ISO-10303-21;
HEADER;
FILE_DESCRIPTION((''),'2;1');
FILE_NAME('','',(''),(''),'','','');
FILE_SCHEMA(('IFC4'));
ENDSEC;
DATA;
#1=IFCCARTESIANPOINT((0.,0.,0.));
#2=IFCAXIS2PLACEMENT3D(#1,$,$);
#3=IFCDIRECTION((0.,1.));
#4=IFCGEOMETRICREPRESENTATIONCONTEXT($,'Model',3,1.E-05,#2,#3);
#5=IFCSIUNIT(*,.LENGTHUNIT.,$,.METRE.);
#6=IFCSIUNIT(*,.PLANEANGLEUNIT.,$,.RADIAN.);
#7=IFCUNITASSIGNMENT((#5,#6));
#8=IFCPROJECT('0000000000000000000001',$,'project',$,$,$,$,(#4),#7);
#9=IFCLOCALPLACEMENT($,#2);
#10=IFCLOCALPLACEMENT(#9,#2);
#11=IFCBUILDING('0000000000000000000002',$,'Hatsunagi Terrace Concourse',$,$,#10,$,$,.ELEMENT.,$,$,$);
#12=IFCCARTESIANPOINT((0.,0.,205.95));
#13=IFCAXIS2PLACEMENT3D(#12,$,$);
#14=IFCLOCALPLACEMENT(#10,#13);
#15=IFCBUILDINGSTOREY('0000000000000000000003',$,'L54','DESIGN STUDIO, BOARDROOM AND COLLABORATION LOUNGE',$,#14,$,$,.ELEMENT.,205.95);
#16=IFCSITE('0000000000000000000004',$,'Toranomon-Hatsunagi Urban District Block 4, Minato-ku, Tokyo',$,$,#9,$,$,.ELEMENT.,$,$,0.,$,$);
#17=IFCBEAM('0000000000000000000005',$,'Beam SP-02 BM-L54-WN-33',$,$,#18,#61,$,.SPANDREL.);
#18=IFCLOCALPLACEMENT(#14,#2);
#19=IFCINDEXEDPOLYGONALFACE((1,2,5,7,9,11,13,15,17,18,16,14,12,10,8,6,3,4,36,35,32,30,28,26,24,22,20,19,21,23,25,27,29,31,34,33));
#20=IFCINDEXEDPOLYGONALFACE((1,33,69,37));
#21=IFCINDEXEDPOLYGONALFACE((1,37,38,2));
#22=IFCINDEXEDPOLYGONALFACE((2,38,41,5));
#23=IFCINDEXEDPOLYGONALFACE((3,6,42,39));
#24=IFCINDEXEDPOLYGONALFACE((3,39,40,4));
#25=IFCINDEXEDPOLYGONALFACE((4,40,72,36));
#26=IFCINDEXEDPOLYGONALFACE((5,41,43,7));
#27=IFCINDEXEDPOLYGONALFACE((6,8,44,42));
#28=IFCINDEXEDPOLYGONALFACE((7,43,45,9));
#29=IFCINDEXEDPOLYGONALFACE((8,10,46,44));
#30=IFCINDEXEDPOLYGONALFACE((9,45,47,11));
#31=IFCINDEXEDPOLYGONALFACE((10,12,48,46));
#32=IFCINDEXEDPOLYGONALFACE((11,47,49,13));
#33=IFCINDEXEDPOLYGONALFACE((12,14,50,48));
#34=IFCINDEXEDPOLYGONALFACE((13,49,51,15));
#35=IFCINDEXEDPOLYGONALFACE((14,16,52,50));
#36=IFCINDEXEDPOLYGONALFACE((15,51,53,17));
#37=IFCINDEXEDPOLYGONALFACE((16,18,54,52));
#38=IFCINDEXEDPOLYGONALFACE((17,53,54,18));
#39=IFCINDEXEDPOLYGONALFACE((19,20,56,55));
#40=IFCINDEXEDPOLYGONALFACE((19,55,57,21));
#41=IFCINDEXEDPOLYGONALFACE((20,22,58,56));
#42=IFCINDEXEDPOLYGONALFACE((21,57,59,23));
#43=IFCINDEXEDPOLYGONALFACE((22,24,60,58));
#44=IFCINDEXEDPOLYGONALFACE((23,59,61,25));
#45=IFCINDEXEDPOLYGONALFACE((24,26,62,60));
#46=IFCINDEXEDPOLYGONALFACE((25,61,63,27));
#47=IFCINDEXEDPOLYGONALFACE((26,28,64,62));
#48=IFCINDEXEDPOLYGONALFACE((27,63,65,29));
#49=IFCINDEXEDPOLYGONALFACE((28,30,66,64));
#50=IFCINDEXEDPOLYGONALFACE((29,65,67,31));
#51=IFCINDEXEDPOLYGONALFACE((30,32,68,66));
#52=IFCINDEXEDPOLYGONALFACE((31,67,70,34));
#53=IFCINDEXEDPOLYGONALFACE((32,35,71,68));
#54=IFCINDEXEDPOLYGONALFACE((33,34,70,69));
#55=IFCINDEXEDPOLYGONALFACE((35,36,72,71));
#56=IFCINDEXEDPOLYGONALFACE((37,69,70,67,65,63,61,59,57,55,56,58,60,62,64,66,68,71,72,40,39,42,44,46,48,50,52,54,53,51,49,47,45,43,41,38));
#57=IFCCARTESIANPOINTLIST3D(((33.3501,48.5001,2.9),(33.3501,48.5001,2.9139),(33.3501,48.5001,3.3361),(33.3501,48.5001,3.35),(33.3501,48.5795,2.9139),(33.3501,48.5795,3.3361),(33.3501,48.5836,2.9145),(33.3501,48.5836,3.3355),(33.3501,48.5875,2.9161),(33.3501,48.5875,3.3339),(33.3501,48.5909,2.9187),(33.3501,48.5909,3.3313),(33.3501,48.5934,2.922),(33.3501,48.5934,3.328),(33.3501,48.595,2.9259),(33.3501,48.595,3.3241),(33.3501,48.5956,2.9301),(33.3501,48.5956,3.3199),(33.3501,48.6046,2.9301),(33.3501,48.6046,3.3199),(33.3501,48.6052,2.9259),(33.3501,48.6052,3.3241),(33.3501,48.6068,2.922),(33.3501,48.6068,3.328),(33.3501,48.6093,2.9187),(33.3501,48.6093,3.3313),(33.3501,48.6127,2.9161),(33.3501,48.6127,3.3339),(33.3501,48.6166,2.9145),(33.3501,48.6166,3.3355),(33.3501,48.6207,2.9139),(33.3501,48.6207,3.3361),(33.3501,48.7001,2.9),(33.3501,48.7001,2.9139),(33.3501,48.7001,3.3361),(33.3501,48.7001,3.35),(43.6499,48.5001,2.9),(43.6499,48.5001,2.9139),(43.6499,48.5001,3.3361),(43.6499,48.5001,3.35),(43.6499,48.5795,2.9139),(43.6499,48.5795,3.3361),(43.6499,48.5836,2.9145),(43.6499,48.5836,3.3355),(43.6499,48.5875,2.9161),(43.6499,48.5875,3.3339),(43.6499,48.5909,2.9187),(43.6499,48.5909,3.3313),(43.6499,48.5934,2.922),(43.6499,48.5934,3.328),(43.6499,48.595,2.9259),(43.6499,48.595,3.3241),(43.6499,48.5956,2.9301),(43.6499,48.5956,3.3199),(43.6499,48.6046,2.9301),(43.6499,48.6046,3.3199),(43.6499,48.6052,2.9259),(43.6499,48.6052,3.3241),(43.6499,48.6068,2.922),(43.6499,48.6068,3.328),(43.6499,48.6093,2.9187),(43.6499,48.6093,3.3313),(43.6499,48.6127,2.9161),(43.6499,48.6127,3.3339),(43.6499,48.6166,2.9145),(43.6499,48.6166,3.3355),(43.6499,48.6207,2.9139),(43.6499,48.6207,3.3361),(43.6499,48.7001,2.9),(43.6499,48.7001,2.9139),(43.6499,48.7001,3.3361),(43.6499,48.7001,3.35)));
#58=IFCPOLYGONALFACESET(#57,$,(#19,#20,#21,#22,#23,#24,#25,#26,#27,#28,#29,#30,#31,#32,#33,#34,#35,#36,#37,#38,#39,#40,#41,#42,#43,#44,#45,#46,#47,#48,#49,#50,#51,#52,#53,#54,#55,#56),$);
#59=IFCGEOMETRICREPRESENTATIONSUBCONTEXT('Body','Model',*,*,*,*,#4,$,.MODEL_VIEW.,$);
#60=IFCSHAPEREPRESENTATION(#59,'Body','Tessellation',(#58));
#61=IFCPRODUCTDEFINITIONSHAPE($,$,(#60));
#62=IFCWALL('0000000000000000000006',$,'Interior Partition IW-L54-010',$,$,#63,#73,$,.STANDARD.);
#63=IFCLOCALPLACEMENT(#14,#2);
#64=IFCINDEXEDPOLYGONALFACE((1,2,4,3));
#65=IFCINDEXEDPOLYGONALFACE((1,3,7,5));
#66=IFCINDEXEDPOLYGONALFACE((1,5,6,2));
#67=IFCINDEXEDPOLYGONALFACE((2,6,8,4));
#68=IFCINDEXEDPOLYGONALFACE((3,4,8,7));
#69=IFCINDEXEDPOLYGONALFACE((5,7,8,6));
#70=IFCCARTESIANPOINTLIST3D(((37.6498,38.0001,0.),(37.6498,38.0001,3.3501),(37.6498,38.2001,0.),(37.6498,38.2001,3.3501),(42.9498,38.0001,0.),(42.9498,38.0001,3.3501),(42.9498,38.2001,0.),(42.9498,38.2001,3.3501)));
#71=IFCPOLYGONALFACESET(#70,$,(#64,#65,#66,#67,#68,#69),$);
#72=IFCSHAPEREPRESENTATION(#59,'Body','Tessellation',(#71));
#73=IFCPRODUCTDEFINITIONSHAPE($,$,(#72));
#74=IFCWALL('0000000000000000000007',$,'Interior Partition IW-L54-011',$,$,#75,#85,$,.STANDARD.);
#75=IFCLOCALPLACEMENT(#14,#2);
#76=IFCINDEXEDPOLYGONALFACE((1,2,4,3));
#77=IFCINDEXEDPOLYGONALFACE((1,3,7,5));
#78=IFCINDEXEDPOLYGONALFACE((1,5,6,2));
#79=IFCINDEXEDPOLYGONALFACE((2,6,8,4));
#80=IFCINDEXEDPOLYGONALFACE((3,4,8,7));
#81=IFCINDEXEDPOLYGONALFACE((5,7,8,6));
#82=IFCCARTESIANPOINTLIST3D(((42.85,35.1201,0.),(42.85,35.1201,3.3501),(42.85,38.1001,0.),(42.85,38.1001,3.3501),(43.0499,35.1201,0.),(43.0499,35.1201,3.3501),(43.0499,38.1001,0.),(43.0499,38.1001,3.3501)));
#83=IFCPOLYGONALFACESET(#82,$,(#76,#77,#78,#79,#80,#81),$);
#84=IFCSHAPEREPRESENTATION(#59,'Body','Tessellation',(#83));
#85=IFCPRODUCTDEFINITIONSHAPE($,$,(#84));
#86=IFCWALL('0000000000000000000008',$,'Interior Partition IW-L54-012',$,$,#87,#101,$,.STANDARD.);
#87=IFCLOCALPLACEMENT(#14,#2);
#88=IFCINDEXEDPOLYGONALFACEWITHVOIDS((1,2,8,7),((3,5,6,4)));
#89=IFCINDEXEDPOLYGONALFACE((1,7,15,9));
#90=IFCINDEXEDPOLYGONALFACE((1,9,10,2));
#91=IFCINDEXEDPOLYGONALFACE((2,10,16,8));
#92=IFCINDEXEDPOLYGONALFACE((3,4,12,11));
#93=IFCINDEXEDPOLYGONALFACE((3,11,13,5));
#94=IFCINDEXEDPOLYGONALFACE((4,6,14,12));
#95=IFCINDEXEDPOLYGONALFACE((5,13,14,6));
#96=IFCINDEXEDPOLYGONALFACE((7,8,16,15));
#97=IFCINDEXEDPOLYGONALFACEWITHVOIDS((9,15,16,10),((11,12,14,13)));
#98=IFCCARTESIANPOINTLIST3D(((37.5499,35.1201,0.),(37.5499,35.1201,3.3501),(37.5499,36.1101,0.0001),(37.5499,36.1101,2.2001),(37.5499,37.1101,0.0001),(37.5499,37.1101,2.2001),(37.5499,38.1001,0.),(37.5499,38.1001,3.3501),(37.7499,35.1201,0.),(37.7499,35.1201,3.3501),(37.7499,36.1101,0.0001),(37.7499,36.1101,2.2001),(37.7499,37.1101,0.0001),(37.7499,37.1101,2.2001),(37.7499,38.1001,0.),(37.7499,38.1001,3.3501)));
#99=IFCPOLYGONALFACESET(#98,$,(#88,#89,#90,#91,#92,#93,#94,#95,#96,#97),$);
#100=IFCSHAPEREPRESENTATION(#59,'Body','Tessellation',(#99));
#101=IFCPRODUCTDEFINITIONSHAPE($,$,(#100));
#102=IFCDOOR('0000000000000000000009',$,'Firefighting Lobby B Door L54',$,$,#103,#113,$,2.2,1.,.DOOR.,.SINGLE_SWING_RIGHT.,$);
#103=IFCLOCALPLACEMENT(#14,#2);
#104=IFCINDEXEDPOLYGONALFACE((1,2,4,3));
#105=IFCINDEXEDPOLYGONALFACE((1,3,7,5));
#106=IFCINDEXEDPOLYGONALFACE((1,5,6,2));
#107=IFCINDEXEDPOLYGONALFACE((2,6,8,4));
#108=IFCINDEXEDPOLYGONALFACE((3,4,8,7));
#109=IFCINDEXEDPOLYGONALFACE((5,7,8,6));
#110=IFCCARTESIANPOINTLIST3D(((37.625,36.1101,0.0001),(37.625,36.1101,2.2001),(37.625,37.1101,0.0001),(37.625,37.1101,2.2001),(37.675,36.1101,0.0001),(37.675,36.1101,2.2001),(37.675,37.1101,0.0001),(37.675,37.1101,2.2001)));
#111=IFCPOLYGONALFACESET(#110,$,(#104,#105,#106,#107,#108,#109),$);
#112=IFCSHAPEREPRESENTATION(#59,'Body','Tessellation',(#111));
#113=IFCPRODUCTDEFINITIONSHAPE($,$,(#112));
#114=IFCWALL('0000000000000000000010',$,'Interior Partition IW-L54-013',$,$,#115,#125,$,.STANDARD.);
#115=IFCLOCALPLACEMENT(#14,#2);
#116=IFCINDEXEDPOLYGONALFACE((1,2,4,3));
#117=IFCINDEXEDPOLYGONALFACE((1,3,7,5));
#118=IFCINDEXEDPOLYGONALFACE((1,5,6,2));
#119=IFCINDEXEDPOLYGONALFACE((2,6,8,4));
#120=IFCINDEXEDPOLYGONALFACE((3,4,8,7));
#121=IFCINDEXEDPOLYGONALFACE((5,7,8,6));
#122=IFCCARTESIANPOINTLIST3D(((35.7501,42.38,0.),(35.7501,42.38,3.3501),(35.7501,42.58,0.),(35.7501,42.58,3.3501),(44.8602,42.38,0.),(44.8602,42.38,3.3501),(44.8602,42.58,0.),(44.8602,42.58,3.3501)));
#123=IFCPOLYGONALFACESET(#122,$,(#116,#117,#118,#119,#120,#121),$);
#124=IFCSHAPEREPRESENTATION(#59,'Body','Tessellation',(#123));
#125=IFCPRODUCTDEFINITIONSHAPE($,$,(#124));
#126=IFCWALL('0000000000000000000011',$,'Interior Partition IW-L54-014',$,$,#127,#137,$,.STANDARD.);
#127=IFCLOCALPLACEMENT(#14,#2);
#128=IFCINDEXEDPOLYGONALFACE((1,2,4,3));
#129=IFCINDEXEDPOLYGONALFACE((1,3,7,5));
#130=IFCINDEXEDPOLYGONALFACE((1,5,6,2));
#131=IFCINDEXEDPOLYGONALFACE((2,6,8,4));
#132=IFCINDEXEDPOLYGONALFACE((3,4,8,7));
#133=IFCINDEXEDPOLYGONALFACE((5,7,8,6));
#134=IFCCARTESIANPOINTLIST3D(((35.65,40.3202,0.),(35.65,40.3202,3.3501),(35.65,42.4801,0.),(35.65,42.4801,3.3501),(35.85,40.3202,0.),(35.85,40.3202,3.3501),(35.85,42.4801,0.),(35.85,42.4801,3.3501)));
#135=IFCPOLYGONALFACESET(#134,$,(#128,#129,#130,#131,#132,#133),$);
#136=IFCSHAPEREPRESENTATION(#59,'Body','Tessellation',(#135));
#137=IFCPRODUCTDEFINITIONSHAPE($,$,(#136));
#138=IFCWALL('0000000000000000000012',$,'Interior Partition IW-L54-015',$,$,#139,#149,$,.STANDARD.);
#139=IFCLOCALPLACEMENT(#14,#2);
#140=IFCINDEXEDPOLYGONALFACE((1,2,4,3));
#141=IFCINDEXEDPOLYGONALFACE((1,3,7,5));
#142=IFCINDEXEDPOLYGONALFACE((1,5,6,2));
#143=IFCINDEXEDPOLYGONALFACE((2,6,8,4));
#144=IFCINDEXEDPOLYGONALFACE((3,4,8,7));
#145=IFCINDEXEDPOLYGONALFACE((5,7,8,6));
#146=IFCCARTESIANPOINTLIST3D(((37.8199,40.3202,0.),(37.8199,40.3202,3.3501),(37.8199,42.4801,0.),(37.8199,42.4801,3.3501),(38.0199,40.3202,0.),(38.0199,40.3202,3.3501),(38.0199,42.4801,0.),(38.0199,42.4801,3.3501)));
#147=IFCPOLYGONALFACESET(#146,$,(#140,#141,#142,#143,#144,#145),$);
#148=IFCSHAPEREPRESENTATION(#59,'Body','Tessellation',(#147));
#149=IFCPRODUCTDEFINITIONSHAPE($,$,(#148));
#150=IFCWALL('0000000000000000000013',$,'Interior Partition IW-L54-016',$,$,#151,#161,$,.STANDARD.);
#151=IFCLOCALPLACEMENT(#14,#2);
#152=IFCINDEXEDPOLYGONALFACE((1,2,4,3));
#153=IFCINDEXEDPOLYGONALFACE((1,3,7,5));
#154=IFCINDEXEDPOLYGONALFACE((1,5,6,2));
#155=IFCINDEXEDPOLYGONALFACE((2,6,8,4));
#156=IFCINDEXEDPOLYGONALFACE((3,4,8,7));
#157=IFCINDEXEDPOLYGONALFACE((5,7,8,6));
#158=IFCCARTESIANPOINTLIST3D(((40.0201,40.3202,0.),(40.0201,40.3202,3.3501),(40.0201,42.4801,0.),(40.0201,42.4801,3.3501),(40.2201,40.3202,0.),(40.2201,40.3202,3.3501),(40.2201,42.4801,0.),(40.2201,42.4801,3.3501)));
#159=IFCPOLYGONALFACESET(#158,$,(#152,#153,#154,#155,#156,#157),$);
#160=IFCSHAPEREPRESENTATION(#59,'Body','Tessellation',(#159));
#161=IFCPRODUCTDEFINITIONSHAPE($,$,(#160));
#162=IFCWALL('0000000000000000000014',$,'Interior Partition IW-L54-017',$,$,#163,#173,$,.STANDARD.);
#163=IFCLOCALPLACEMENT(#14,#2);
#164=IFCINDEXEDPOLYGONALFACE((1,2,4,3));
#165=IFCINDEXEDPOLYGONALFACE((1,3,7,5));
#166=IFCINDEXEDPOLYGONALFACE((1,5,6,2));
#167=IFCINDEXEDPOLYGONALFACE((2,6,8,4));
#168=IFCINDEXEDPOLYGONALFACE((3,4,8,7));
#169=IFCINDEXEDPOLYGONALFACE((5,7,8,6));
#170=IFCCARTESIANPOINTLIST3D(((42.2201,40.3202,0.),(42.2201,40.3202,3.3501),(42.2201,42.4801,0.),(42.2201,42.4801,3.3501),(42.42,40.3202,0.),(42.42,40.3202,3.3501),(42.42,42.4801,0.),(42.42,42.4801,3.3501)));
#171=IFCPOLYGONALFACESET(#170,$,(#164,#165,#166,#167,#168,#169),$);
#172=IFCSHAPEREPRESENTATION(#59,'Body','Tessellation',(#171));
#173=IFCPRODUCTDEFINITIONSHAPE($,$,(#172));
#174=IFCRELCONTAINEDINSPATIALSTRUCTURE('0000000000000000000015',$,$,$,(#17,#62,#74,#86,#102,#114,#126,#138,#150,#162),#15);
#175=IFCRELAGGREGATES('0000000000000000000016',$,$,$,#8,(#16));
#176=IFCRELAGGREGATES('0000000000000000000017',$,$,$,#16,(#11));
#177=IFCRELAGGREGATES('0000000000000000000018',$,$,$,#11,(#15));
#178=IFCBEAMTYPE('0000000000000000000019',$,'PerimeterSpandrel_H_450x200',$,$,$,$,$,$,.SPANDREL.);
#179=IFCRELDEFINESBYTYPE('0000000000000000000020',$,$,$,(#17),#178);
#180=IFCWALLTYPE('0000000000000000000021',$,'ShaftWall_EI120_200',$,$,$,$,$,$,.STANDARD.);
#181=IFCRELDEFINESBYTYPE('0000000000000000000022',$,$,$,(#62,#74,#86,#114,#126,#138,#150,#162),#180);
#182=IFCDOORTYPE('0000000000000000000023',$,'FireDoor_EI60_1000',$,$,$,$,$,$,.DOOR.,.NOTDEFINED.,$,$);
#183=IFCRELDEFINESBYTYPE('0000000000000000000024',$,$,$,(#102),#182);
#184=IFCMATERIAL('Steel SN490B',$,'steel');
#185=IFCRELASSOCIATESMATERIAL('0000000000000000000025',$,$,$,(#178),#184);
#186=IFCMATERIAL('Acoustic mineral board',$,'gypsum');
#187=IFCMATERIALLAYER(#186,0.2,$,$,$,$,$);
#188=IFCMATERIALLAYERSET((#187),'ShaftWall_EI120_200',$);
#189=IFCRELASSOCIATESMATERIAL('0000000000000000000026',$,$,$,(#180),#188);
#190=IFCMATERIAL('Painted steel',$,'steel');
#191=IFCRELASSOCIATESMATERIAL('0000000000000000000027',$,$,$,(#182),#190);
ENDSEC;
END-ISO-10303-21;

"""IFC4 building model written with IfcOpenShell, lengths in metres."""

from ifc_helpers import new_model, si_unit, direction, frame, frame_2d, origin, origin_2d, place, context, subcontext, project, spatial, rectangle, i_section, extrude, material, layer, layer_set, material_profile, profile_set, type_object, element, fill, save


model = new_model("IFC4")

# Units and contexts
model_context = context("Model", 3, precision=1e-05, world=origin(), true_north=direction((0.0, 1.0)))
body_context = subcontext(model_context, "Body", "Model", "MODEL_VIEW")
ifc_project = project(units=[si_unit("LENGTHUNIT", "METRE"), si_unit("PLANEANGLEUNIT", "RADIAN")], contexts=[model_context])

# Site, building, storey
site_placement = place(None, origin())
site = spatial("IfcSite", under=ifc_project, at=site_placement, Name="Toranomon-Hatsunagi Urban District Block 4, Minato-ku, Tokyo", CompositionType="ELEMENT", RefElevation=0.0)
building_placement = place(site_placement, origin())
building = spatial("IfcBuilding", under=site, at=building_placement, Name="Hatsunagi Terrace Concourse", CompositionType="ELEMENT")
storey_placement = place(building_placement, frame((0.0, 0.0, 205.95)))
storey = spatial("IfcBuildingStorey", under=building, at=storey_placement, Name="L54", Description="DESIGN STUDIO, BOARDROOM AND COLLABORATION LOUNGE", CompositionType="ELEMENT", Elevation=205.95)

# Beam
ifc_material_1 = material(Name="Steel SN490B", Category="steel")
ifc_material_profile_1 = material_profile(ifc_material_1, i_section(OverallWidth=0.2, OverallDepth=0.45, WebThickness=0.009, FlangeThickness=0.0139, FilletRadius=0.0161, at=origin_2d()), Name="H-450x200x9x14")
ifc_profile_set_1 = profile_set([ifc_material_profile_1], Name="Steel SN490B")
beam_type_1 = type_object("IfcBeamType", Name="PerimeterSpandrel_H_450x200", PredefinedType="SPANDREL", material=ifc_profile_set_1)
beam_1_placement = place(storey_placement, frame((33.3501, 48.6001, 3.125), z_axis=(1.0, 0.0, 0.0), x_axis=(0.0, 1.0, 0.0)))
element("IfcBeam", 1, at=beam_1_placement, inside=storey, type_object=beam_type_1, Name="Beam SP-02 BM-L54-WN-33", PredefinedType="SPANDREL", context=body_context, shape_type="SweptSolid", body=[
    extrude(i_section(OverallWidth=0.2, OverallDepth=0.45, WebThickness=0.009, FlangeThickness=0.0139, FilletRadius=0.0161, at=origin_2d()), origin(), (0.0, 0.0, 1.0), 10.2998),
])

# Walls
ifc_material_2 = material(Name="Acoustic mineral board", Category="gypsum")
ifc_layer_1 = layer(ifc_material_2, 0.2)
ifc_layer_set_1 = layer_set([ifc_layer_1], Name="ShaftWall_EI120_200")
wall_type_1 = type_object("IfcWallType", Name="ShaftWall_EI120_200", PredefinedType="STANDARD", material=ifc_layer_set_1)
wall_1_placement = place(storey_placement, frame((37.6499, 38.1001, 0.0), z_axis=(0.0, 0.0, 1.0), x_axis=(1.0, 0.0, 0.0)))
element("IfcWall", 2, at=wall_1_placement, inside=storey, type_object=wall_type_1, Name="Interior Partition IW-L54-010", PredefinedType="STANDARD", context=body_context, shape_type="SweptSolid", body=[
    extrude(rectangle(XDim=5.3, YDim=0.2, at=frame_2d((2.6499, 0.0))), origin(), (0.0, 0.0, 1.0), 3.3501),
])
wall_2_placement = place(storey_placement, frame((42.95, 35.1201, 0.0), z_axis=(0.0, 0.0, 1.0), x_axis=(0.0, 1.0, 0.0)))
element("IfcWall", 3, at=wall_2_placement, inside=storey, type_object=wall_type_1, Name="Interior Partition IW-L54-011", PredefinedType="STANDARD", context=body_context, shape_type="SweptSolid", body=[
    extrude(rectangle(XDim=2.98, YDim=0.2, at=frame_2d((1.49, 0.0))), origin(), (0.0, 0.0, 1.0), 3.3501),
])

# Wall, opening, door
wall_3_placement = place(storey_placement, frame((37.6499, 35.1201, 0.0), z_axis=(0.0, 0.0, 1.0), x_axis=(0.0, 1.0, 0.0)))
wall_3 = element("IfcWall", 4, at=wall_3_placement, inside=storey, type_object=wall_type_1, Name="Interior Partition IW-L54-012", PredefinedType="STANDARD", context=body_context, shape_type="SweptSolid", body=[
    extrude(rectangle(XDim=2.98, YDim=0.2, at=frame_2d((1.49, 0.0))), origin(), (0.0, 0.0, 1.0), 3.3501),
])
opening_1_placement = place(wall_3_placement, frame((0.99, 0.0, 0.0)))
opening_1 = element("IfcOpeningElement", 5, at=opening_1_placement, cuts=wall_3, PredefinedType="OPENING", context=body_context, shape_type="SweptSolid", body=[
    extrude(rectangle(XDim=1.0, YDim=2.2, at=frame_2d((0.5, 1.1001))), frame((0.0, 0.1099, 0.0), z_axis=(0.0, -1.0, 0.0), x_axis=(1.0, 0.0, 0.0)), (0.0, 0.0, 1.0), 0.22),
])
ifc_material_3 = material(Name="Painted steel", Category="steel")
door_type_1 = type_object("IfcDoorType", Name="FireDoor_EI60_1000", OperationType="NOTDEFINED", PredefinedType="DOOR", material=ifc_material_3)
door_1_placement = place(opening_1_placement, origin())
door_1 = element("IfcDoor", 6, at=door_1_placement, inside=storey, type_object=door_type_1, Name="Firefighting Lobby B Door L54", OperationType="SINGLE_SWING_RIGHT", OverallHeight=2.2, OverallWidth=1.0, PredefinedType="DOOR", context=body_context, shape_type="SweptSolid", body=[
    extrude(rectangle(XDim=1.0, YDim=2.2, at=frame_2d((0.5, 1.1001))), frame((0.0, 0.0249, 0.0), z_axis=(0.0, -1.0, 0.0), x_axis=(1.0, 0.0, 0.0)), (0.0, 0.0, 1.0), 0.05),
])
fill(opening_1, door_1)

# Walls
wall_4_placement = place(storey_placement, frame((35.75, 42.48, 0.0), z_axis=(0.0, 0.0, 1.0), x_axis=(1.0, 0.0, 0.0)))
element("IfcWall", 7, at=wall_4_placement, inside=storey, type_object=wall_type_1, Name="Interior Partition IW-L54-013", PredefinedType="STANDARD", context=body_context, shape_type="SweptSolid", body=[
    extrude(rectangle(XDim=9.1101, YDim=0.2, at=frame_2d((4.5552, 0.0))), origin(), (0.0, 0.0, 1.0), 3.3501),
])
for number, where, z_axis, x_axis, name in (
    (8, (35.75, 40.3201, 0.0), (0.0, 0.0, 1.0), (0.0, 1.0, 0.0), "Interior Partition IW-L54-014"),
    (9, (37.9199, 40.3201, 0.0), (0.0, 0.0, 1.0), (0.0, 1.0, 0.0), "Interior Partition IW-L54-015"),
    (10, (40.1201, 40.3201, 0.0), (0.0, 0.0, 1.0), (0.0, 1.0, 0.0), "Interior Partition IW-L54-016"),
    (11, (42.3201, 40.3201, 0.0), (0.0, 0.0, 1.0), (0.0, 1.0, 0.0), "Interior Partition IW-L54-017"),
):
    element("IfcWall", number, at=place(storey_placement, frame(where, z_axis=z_axis, x_axis=x_axis)), inside=storey, type_object=wall_type_1, Name=name, PredefinedType="STANDARD", context=body_context, shape_type="SweptSolid", body=[
        extrude(rectangle(XDim=2.1599, YDim=0.2, at=frame_2d((1.0801, 0.0))), origin(), (0.0, 0.0, 1.0), 3.3501),
    ])

save(model, "model.ifc")
